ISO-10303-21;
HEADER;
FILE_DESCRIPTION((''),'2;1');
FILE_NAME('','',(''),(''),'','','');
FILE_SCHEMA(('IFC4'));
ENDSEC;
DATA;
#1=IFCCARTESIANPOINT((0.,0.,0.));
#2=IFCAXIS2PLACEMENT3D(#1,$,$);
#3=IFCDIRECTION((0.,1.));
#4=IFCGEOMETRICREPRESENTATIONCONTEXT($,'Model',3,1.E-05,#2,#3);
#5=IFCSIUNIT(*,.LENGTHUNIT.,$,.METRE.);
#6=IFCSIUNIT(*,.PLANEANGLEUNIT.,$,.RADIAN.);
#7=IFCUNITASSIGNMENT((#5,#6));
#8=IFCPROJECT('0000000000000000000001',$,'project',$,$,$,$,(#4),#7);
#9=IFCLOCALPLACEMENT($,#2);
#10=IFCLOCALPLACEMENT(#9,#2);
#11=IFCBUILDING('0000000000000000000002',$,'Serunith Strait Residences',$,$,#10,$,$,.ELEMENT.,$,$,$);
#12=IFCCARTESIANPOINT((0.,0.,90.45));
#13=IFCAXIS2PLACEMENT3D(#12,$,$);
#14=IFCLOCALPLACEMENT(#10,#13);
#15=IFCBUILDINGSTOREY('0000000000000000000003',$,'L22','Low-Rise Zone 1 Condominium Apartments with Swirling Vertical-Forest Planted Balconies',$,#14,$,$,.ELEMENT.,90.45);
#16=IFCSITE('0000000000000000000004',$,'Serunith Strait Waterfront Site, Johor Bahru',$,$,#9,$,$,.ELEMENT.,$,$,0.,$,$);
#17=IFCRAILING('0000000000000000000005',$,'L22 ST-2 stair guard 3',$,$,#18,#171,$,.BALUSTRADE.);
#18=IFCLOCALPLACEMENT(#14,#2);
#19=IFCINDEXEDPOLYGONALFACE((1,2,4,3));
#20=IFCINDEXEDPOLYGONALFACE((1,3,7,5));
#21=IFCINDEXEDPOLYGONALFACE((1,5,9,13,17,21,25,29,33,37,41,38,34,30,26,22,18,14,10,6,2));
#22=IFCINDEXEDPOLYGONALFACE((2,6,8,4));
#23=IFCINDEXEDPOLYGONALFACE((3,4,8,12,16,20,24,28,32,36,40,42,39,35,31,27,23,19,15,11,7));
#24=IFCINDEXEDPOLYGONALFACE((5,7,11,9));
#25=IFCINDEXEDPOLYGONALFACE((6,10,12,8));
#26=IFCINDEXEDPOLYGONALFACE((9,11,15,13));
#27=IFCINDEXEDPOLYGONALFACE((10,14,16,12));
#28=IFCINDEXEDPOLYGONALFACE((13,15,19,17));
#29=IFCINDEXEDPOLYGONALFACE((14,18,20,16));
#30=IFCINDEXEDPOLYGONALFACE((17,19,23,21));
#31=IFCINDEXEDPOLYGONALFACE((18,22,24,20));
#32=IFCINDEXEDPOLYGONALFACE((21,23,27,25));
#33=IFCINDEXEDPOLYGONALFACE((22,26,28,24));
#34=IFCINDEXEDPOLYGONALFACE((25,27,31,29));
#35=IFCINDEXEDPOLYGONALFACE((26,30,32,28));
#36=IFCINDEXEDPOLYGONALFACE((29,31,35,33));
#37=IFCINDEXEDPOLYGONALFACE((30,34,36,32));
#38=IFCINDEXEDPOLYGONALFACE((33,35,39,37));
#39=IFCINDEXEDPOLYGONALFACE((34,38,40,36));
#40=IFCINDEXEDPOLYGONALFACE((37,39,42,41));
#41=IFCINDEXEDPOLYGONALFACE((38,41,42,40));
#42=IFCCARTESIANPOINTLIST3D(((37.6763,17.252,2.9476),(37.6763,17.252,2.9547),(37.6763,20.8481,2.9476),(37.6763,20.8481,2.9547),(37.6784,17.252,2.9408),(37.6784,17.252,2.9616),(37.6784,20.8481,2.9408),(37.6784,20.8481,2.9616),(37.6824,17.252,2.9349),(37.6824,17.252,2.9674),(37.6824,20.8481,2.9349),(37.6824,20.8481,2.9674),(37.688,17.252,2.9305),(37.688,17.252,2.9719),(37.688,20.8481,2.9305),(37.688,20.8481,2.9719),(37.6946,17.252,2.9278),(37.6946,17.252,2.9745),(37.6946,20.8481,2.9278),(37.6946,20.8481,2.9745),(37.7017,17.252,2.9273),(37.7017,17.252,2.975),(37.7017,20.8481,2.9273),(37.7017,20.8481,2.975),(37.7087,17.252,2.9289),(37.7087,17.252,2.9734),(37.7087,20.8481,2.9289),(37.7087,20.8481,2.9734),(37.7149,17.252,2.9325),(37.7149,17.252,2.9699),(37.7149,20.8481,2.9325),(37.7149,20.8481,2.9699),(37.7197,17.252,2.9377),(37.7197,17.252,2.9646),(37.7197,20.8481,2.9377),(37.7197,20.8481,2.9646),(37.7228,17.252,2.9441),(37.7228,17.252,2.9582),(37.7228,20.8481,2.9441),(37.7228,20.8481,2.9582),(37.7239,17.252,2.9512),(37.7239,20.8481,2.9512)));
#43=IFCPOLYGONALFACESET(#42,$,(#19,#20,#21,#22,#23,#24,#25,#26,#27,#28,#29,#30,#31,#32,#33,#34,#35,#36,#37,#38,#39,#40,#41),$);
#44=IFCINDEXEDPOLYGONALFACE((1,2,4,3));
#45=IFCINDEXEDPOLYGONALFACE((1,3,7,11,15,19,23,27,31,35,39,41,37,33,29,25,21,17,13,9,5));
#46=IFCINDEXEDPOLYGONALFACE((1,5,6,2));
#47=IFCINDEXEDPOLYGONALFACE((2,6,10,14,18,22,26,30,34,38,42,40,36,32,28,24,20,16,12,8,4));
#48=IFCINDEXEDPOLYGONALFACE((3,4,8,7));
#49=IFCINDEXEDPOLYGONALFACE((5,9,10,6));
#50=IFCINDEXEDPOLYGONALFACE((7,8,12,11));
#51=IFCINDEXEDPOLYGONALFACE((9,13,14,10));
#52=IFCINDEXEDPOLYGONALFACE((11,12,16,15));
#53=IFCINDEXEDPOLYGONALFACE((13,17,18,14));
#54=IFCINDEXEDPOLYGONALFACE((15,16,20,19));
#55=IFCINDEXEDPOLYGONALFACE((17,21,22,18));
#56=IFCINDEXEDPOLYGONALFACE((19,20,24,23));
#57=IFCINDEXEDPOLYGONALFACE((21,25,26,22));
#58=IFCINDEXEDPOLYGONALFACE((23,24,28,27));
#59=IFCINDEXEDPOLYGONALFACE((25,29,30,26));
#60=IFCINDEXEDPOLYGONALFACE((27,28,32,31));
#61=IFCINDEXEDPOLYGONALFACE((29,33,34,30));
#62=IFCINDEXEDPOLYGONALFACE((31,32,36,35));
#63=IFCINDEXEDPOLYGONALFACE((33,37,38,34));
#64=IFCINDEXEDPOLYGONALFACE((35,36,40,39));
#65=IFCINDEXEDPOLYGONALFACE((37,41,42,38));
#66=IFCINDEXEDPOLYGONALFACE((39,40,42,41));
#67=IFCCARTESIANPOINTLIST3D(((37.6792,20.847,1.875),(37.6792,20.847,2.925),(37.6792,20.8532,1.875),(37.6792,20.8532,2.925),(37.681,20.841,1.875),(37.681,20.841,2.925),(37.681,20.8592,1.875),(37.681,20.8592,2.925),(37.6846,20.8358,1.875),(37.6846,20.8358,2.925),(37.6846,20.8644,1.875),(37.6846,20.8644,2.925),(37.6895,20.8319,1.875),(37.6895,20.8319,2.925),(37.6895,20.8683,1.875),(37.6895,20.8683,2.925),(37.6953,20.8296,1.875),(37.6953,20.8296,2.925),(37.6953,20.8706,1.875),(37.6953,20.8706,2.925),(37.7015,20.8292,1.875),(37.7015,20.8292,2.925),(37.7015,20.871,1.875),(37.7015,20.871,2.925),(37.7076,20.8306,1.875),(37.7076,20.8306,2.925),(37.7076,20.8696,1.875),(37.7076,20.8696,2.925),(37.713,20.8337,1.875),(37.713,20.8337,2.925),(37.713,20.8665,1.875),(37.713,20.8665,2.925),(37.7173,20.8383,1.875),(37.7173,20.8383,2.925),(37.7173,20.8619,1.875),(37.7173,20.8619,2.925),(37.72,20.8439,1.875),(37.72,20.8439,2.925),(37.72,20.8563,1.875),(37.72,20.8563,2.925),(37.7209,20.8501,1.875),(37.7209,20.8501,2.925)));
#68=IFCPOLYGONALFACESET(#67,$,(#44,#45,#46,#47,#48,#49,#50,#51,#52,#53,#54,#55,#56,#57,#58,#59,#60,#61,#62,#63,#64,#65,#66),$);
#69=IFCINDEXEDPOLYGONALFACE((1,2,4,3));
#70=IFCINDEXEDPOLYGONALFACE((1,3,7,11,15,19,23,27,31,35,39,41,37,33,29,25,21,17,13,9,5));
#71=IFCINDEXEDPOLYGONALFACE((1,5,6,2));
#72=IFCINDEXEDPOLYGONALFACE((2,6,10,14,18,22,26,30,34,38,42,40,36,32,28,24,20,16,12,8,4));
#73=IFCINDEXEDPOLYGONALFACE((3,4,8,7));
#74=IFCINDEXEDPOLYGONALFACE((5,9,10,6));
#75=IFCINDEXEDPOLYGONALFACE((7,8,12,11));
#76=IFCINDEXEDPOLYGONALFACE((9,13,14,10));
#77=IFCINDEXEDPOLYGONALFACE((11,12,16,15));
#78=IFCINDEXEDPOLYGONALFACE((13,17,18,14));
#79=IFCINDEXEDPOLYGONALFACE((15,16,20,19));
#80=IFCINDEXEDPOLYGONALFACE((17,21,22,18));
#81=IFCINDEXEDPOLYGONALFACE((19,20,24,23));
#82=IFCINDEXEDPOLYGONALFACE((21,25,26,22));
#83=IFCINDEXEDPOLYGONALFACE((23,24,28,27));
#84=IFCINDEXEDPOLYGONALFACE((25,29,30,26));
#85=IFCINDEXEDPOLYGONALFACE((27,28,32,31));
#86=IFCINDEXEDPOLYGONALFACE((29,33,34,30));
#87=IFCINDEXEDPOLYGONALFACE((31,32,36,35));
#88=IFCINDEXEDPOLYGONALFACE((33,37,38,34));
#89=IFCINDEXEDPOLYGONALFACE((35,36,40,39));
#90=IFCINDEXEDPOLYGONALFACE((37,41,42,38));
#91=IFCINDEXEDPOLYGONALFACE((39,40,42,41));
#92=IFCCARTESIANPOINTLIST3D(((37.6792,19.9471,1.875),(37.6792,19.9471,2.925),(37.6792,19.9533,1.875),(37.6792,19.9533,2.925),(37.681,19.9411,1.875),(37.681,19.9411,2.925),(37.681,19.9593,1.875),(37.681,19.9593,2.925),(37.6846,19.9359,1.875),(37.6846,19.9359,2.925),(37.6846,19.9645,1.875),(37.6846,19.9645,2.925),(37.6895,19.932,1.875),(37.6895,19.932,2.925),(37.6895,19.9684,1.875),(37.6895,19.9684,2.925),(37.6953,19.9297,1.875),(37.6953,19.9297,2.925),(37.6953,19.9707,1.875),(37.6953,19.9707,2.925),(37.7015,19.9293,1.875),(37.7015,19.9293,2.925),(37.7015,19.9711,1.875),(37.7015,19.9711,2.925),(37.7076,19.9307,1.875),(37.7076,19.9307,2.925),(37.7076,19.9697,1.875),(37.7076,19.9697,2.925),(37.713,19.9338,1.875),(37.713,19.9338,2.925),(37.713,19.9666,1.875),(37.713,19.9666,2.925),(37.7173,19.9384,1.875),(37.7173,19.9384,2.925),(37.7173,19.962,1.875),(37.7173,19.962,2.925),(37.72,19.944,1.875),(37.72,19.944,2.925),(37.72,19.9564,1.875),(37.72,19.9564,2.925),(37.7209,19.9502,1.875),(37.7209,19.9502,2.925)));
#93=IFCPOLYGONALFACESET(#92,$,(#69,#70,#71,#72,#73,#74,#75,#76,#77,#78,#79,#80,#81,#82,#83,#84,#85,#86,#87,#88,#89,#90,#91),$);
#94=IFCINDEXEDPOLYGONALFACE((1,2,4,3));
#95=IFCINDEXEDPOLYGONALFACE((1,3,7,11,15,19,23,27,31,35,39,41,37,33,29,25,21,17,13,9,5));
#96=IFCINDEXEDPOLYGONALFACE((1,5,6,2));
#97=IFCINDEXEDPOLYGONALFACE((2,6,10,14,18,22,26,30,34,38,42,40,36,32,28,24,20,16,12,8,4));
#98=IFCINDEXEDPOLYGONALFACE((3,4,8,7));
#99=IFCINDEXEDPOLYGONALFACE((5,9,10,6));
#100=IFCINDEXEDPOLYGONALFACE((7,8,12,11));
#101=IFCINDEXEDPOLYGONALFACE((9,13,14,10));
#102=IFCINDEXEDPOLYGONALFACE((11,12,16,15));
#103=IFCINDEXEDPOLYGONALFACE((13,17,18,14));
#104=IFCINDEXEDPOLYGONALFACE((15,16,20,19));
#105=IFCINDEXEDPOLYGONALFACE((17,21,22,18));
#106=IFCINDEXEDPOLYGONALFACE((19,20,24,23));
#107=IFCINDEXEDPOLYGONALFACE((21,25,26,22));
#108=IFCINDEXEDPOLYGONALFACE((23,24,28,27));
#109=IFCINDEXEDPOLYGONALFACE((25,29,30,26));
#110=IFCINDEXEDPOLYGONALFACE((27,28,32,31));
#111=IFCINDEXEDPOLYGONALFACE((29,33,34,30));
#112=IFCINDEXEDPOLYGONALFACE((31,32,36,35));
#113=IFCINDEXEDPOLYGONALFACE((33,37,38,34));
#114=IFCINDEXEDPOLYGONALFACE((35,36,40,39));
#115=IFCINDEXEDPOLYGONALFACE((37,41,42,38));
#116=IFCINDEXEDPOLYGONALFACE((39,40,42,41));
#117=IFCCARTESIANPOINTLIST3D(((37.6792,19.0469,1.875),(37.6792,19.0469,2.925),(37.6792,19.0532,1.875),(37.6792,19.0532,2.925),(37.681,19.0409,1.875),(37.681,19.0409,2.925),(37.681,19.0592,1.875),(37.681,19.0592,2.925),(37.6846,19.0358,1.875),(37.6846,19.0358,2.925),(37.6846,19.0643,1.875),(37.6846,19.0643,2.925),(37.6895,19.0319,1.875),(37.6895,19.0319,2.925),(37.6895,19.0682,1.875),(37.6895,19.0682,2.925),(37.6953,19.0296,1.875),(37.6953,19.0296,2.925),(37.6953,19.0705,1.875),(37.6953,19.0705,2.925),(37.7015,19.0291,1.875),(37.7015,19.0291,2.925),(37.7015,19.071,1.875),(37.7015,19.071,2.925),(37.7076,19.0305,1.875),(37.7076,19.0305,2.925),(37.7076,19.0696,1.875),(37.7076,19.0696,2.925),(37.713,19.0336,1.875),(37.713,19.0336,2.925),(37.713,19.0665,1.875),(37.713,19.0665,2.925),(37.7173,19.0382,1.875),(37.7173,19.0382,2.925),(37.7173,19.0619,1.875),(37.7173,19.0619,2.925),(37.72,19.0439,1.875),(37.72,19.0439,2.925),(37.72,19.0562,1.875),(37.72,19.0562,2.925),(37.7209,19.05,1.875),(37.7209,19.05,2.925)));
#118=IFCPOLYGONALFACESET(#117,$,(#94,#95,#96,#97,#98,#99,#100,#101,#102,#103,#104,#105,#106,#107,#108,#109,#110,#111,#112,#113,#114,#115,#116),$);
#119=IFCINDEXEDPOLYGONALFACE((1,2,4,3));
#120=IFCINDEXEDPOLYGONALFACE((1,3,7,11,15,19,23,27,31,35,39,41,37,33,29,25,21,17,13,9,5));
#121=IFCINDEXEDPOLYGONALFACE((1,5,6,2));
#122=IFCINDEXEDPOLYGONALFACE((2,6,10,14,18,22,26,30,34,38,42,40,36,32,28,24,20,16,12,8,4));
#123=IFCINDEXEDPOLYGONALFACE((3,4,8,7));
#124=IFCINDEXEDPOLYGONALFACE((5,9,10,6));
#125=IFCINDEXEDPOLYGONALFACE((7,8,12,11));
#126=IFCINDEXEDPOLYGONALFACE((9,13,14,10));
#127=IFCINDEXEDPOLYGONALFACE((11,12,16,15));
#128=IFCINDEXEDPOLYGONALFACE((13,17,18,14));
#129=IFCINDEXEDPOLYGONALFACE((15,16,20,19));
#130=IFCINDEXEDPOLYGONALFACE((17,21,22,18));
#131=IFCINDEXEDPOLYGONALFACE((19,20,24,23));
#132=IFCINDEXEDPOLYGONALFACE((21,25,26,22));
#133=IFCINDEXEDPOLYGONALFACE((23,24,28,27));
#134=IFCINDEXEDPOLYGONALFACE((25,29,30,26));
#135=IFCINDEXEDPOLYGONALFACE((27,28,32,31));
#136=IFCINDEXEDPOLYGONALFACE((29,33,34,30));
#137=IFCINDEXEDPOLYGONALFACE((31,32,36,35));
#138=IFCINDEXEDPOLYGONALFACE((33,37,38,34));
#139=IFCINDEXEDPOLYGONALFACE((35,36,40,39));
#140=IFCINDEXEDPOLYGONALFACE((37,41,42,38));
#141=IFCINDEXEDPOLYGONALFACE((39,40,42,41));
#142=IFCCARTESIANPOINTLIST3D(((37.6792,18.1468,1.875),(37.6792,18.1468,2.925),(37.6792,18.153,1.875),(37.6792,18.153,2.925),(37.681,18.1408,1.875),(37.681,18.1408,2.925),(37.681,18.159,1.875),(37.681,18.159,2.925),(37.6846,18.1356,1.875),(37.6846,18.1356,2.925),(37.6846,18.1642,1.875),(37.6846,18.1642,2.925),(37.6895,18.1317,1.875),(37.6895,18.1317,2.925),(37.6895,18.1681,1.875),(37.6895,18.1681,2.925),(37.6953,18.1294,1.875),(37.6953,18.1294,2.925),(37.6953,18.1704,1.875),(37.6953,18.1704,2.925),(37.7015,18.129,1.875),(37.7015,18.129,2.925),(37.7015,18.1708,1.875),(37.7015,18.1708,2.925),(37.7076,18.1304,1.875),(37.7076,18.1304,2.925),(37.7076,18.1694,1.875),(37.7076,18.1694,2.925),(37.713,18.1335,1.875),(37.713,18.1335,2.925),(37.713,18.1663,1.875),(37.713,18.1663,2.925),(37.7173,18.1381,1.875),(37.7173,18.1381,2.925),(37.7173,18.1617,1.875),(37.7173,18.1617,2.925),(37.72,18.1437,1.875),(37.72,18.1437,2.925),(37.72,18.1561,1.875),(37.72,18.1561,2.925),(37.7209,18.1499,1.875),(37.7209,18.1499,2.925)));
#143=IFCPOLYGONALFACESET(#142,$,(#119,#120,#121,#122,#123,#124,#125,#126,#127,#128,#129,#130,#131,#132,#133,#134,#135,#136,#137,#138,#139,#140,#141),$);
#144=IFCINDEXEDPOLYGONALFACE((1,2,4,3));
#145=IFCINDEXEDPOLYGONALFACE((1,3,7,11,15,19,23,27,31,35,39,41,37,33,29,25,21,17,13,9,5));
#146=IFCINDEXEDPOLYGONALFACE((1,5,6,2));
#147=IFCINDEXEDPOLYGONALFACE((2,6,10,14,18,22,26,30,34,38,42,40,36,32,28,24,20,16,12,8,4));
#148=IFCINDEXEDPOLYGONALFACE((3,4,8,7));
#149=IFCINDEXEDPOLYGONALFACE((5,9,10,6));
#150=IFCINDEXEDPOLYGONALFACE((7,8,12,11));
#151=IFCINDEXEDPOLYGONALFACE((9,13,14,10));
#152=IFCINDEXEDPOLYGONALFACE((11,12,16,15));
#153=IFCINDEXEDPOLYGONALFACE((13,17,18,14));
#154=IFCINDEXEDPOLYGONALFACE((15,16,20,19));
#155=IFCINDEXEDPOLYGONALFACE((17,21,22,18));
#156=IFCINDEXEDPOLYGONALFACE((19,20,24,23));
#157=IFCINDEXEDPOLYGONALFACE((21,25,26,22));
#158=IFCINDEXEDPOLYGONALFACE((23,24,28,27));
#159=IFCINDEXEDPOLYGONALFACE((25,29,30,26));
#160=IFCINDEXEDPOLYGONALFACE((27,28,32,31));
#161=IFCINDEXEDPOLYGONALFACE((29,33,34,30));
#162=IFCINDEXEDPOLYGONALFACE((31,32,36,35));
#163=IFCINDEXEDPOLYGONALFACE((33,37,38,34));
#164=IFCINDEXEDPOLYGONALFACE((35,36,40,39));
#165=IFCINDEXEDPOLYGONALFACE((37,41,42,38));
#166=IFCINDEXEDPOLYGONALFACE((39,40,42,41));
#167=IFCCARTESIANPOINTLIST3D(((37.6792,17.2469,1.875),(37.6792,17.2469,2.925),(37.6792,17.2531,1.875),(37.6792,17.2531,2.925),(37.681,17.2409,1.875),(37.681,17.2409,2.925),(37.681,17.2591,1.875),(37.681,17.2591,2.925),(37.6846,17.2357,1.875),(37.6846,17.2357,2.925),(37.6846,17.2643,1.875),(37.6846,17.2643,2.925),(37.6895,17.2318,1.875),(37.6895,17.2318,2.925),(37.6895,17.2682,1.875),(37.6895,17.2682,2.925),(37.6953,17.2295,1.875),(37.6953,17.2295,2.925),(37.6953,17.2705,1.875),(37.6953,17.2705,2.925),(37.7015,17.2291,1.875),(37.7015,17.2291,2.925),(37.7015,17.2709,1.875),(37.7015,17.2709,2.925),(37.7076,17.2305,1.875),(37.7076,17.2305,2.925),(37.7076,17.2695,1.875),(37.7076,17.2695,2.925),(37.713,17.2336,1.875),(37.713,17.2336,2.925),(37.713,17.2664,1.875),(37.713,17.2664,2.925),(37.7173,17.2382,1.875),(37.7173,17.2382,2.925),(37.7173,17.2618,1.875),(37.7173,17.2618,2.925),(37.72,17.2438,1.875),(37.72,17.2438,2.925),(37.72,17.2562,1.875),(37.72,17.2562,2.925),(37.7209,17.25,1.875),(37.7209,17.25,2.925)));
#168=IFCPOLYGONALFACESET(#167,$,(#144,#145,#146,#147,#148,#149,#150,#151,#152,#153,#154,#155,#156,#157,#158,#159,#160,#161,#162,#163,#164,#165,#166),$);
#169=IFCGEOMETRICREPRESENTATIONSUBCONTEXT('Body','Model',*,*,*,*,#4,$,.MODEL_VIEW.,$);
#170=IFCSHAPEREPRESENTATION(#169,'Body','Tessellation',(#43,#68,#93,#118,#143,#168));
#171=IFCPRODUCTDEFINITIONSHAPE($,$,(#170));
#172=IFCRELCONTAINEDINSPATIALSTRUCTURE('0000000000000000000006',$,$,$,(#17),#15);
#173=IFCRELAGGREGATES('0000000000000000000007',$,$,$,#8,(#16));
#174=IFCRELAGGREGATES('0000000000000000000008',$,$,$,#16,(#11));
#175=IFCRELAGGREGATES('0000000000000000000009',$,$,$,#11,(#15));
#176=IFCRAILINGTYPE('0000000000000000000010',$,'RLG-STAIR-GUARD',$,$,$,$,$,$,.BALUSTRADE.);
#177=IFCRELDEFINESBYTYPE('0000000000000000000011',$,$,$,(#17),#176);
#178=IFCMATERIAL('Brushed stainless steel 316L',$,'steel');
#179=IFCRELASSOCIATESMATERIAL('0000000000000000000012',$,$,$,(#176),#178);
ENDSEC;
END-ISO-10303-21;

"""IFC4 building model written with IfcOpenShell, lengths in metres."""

from ifc_helpers import new_model, si_unit, direction, frame, origin, origin_2d, place, context, subcontext, project, spatial, circle, extrude, material, type_object, element, save


model = new_model("IFC4")

# Units and contexts
model_context = context("Model", 3, precision=1e-05, world=origin(), true_north=direction((0.0, 1.0)))
body_context = subcontext(model_context, "Body", "Model", "MODEL_VIEW")
ifc_project = project(units=[si_unit("LENGTHUNIT", "METRE"), si_unit("PLANEANGLEUNIT", "RADIAN")], contexts=[model_context])

# Site, building, storey
site_placement = place(None, origin())
site = spatial("IfcSite", under=ifc_project, at=site_placement, Name="Serunith Strait Waterfront Site, Johor Bahru", CompositionType="ELEMENT", RefElevation=0.0)
building_placement = place(site_placement, origin())
building = spatial("IfcBuilding", under=site, at=building_placement, Name="Serunith Strait Residences", CompositionType="ELEMENT")
storey_placement = place(building_placement, frame((0.0, 0.0, 90.45)))
storey = spatial("IfcBuildingStorey", under=building, at=storey_placement, Name="L22", Description="Low-Rise Zone 1 Condominium Apartments with Swirling Vertical-Forest Planted Balconies", CompositionType="ELEMENT", Elevation=90.45)

# Railing
ifc_material_1 = material(Name="Brushed stainless steel 316L", Category="steel")
railing_type_1 = type_object("IfcRailingType", Name="RLG-STAIR-GUARD", PredefinedType="BALUSTRADE", material=ifc_material_1)
for number, where, name in (
    (1, (37.7, 20.8501, 1.875), "L22 ST-2 stair guard 3"),
):
    element("IfcRailing", number, at=place(storey_placement, frame(where)), inside=storey, type_object=railing_type_1, Name=name, PredefinedType="BALUSTRADE", context=body_context, shape_type="SweptSolid", body=[
        extrude(circle(Radius=0.0239, at=origin_2d()), frame((0.0, -0.002, 1.0762), z_axis=(0.0, -1.0, 0.0), x_axis=(1.0, 0.0, 0.0)), (0.0, 0.0, 1.0), 3.5962),
        extrude(circle(Radius=0.021, at=origin_2d()), origin(), (0.0, 0.0, 1.0), 1.05),
        extrude(circle(Radius=0.021, at=origin_2d()), frame((0.0, -0.8999, 0.0)), (0.0, 0.0, 1.0), 1.05),
        extrude(circle(Radius=0.021, at=origin_2d()), frame((0.0, -1.8, 0.0)), (0.0, 0.0, 1.0), 1.05),
        extrude(circle(Radius=0.021, at=origin_2d()), frame((0.0, -2.7002, 0.0)), (0.0, 0.0, 1.0), 1.05),
        extrude(circle(Radius=0.021, at=origin_2d()), frame((0.0, -3.6001, 0.0)), (0.0, 0.0, 1.0), 1.05),
    ])

save(model, "model.ifc")
